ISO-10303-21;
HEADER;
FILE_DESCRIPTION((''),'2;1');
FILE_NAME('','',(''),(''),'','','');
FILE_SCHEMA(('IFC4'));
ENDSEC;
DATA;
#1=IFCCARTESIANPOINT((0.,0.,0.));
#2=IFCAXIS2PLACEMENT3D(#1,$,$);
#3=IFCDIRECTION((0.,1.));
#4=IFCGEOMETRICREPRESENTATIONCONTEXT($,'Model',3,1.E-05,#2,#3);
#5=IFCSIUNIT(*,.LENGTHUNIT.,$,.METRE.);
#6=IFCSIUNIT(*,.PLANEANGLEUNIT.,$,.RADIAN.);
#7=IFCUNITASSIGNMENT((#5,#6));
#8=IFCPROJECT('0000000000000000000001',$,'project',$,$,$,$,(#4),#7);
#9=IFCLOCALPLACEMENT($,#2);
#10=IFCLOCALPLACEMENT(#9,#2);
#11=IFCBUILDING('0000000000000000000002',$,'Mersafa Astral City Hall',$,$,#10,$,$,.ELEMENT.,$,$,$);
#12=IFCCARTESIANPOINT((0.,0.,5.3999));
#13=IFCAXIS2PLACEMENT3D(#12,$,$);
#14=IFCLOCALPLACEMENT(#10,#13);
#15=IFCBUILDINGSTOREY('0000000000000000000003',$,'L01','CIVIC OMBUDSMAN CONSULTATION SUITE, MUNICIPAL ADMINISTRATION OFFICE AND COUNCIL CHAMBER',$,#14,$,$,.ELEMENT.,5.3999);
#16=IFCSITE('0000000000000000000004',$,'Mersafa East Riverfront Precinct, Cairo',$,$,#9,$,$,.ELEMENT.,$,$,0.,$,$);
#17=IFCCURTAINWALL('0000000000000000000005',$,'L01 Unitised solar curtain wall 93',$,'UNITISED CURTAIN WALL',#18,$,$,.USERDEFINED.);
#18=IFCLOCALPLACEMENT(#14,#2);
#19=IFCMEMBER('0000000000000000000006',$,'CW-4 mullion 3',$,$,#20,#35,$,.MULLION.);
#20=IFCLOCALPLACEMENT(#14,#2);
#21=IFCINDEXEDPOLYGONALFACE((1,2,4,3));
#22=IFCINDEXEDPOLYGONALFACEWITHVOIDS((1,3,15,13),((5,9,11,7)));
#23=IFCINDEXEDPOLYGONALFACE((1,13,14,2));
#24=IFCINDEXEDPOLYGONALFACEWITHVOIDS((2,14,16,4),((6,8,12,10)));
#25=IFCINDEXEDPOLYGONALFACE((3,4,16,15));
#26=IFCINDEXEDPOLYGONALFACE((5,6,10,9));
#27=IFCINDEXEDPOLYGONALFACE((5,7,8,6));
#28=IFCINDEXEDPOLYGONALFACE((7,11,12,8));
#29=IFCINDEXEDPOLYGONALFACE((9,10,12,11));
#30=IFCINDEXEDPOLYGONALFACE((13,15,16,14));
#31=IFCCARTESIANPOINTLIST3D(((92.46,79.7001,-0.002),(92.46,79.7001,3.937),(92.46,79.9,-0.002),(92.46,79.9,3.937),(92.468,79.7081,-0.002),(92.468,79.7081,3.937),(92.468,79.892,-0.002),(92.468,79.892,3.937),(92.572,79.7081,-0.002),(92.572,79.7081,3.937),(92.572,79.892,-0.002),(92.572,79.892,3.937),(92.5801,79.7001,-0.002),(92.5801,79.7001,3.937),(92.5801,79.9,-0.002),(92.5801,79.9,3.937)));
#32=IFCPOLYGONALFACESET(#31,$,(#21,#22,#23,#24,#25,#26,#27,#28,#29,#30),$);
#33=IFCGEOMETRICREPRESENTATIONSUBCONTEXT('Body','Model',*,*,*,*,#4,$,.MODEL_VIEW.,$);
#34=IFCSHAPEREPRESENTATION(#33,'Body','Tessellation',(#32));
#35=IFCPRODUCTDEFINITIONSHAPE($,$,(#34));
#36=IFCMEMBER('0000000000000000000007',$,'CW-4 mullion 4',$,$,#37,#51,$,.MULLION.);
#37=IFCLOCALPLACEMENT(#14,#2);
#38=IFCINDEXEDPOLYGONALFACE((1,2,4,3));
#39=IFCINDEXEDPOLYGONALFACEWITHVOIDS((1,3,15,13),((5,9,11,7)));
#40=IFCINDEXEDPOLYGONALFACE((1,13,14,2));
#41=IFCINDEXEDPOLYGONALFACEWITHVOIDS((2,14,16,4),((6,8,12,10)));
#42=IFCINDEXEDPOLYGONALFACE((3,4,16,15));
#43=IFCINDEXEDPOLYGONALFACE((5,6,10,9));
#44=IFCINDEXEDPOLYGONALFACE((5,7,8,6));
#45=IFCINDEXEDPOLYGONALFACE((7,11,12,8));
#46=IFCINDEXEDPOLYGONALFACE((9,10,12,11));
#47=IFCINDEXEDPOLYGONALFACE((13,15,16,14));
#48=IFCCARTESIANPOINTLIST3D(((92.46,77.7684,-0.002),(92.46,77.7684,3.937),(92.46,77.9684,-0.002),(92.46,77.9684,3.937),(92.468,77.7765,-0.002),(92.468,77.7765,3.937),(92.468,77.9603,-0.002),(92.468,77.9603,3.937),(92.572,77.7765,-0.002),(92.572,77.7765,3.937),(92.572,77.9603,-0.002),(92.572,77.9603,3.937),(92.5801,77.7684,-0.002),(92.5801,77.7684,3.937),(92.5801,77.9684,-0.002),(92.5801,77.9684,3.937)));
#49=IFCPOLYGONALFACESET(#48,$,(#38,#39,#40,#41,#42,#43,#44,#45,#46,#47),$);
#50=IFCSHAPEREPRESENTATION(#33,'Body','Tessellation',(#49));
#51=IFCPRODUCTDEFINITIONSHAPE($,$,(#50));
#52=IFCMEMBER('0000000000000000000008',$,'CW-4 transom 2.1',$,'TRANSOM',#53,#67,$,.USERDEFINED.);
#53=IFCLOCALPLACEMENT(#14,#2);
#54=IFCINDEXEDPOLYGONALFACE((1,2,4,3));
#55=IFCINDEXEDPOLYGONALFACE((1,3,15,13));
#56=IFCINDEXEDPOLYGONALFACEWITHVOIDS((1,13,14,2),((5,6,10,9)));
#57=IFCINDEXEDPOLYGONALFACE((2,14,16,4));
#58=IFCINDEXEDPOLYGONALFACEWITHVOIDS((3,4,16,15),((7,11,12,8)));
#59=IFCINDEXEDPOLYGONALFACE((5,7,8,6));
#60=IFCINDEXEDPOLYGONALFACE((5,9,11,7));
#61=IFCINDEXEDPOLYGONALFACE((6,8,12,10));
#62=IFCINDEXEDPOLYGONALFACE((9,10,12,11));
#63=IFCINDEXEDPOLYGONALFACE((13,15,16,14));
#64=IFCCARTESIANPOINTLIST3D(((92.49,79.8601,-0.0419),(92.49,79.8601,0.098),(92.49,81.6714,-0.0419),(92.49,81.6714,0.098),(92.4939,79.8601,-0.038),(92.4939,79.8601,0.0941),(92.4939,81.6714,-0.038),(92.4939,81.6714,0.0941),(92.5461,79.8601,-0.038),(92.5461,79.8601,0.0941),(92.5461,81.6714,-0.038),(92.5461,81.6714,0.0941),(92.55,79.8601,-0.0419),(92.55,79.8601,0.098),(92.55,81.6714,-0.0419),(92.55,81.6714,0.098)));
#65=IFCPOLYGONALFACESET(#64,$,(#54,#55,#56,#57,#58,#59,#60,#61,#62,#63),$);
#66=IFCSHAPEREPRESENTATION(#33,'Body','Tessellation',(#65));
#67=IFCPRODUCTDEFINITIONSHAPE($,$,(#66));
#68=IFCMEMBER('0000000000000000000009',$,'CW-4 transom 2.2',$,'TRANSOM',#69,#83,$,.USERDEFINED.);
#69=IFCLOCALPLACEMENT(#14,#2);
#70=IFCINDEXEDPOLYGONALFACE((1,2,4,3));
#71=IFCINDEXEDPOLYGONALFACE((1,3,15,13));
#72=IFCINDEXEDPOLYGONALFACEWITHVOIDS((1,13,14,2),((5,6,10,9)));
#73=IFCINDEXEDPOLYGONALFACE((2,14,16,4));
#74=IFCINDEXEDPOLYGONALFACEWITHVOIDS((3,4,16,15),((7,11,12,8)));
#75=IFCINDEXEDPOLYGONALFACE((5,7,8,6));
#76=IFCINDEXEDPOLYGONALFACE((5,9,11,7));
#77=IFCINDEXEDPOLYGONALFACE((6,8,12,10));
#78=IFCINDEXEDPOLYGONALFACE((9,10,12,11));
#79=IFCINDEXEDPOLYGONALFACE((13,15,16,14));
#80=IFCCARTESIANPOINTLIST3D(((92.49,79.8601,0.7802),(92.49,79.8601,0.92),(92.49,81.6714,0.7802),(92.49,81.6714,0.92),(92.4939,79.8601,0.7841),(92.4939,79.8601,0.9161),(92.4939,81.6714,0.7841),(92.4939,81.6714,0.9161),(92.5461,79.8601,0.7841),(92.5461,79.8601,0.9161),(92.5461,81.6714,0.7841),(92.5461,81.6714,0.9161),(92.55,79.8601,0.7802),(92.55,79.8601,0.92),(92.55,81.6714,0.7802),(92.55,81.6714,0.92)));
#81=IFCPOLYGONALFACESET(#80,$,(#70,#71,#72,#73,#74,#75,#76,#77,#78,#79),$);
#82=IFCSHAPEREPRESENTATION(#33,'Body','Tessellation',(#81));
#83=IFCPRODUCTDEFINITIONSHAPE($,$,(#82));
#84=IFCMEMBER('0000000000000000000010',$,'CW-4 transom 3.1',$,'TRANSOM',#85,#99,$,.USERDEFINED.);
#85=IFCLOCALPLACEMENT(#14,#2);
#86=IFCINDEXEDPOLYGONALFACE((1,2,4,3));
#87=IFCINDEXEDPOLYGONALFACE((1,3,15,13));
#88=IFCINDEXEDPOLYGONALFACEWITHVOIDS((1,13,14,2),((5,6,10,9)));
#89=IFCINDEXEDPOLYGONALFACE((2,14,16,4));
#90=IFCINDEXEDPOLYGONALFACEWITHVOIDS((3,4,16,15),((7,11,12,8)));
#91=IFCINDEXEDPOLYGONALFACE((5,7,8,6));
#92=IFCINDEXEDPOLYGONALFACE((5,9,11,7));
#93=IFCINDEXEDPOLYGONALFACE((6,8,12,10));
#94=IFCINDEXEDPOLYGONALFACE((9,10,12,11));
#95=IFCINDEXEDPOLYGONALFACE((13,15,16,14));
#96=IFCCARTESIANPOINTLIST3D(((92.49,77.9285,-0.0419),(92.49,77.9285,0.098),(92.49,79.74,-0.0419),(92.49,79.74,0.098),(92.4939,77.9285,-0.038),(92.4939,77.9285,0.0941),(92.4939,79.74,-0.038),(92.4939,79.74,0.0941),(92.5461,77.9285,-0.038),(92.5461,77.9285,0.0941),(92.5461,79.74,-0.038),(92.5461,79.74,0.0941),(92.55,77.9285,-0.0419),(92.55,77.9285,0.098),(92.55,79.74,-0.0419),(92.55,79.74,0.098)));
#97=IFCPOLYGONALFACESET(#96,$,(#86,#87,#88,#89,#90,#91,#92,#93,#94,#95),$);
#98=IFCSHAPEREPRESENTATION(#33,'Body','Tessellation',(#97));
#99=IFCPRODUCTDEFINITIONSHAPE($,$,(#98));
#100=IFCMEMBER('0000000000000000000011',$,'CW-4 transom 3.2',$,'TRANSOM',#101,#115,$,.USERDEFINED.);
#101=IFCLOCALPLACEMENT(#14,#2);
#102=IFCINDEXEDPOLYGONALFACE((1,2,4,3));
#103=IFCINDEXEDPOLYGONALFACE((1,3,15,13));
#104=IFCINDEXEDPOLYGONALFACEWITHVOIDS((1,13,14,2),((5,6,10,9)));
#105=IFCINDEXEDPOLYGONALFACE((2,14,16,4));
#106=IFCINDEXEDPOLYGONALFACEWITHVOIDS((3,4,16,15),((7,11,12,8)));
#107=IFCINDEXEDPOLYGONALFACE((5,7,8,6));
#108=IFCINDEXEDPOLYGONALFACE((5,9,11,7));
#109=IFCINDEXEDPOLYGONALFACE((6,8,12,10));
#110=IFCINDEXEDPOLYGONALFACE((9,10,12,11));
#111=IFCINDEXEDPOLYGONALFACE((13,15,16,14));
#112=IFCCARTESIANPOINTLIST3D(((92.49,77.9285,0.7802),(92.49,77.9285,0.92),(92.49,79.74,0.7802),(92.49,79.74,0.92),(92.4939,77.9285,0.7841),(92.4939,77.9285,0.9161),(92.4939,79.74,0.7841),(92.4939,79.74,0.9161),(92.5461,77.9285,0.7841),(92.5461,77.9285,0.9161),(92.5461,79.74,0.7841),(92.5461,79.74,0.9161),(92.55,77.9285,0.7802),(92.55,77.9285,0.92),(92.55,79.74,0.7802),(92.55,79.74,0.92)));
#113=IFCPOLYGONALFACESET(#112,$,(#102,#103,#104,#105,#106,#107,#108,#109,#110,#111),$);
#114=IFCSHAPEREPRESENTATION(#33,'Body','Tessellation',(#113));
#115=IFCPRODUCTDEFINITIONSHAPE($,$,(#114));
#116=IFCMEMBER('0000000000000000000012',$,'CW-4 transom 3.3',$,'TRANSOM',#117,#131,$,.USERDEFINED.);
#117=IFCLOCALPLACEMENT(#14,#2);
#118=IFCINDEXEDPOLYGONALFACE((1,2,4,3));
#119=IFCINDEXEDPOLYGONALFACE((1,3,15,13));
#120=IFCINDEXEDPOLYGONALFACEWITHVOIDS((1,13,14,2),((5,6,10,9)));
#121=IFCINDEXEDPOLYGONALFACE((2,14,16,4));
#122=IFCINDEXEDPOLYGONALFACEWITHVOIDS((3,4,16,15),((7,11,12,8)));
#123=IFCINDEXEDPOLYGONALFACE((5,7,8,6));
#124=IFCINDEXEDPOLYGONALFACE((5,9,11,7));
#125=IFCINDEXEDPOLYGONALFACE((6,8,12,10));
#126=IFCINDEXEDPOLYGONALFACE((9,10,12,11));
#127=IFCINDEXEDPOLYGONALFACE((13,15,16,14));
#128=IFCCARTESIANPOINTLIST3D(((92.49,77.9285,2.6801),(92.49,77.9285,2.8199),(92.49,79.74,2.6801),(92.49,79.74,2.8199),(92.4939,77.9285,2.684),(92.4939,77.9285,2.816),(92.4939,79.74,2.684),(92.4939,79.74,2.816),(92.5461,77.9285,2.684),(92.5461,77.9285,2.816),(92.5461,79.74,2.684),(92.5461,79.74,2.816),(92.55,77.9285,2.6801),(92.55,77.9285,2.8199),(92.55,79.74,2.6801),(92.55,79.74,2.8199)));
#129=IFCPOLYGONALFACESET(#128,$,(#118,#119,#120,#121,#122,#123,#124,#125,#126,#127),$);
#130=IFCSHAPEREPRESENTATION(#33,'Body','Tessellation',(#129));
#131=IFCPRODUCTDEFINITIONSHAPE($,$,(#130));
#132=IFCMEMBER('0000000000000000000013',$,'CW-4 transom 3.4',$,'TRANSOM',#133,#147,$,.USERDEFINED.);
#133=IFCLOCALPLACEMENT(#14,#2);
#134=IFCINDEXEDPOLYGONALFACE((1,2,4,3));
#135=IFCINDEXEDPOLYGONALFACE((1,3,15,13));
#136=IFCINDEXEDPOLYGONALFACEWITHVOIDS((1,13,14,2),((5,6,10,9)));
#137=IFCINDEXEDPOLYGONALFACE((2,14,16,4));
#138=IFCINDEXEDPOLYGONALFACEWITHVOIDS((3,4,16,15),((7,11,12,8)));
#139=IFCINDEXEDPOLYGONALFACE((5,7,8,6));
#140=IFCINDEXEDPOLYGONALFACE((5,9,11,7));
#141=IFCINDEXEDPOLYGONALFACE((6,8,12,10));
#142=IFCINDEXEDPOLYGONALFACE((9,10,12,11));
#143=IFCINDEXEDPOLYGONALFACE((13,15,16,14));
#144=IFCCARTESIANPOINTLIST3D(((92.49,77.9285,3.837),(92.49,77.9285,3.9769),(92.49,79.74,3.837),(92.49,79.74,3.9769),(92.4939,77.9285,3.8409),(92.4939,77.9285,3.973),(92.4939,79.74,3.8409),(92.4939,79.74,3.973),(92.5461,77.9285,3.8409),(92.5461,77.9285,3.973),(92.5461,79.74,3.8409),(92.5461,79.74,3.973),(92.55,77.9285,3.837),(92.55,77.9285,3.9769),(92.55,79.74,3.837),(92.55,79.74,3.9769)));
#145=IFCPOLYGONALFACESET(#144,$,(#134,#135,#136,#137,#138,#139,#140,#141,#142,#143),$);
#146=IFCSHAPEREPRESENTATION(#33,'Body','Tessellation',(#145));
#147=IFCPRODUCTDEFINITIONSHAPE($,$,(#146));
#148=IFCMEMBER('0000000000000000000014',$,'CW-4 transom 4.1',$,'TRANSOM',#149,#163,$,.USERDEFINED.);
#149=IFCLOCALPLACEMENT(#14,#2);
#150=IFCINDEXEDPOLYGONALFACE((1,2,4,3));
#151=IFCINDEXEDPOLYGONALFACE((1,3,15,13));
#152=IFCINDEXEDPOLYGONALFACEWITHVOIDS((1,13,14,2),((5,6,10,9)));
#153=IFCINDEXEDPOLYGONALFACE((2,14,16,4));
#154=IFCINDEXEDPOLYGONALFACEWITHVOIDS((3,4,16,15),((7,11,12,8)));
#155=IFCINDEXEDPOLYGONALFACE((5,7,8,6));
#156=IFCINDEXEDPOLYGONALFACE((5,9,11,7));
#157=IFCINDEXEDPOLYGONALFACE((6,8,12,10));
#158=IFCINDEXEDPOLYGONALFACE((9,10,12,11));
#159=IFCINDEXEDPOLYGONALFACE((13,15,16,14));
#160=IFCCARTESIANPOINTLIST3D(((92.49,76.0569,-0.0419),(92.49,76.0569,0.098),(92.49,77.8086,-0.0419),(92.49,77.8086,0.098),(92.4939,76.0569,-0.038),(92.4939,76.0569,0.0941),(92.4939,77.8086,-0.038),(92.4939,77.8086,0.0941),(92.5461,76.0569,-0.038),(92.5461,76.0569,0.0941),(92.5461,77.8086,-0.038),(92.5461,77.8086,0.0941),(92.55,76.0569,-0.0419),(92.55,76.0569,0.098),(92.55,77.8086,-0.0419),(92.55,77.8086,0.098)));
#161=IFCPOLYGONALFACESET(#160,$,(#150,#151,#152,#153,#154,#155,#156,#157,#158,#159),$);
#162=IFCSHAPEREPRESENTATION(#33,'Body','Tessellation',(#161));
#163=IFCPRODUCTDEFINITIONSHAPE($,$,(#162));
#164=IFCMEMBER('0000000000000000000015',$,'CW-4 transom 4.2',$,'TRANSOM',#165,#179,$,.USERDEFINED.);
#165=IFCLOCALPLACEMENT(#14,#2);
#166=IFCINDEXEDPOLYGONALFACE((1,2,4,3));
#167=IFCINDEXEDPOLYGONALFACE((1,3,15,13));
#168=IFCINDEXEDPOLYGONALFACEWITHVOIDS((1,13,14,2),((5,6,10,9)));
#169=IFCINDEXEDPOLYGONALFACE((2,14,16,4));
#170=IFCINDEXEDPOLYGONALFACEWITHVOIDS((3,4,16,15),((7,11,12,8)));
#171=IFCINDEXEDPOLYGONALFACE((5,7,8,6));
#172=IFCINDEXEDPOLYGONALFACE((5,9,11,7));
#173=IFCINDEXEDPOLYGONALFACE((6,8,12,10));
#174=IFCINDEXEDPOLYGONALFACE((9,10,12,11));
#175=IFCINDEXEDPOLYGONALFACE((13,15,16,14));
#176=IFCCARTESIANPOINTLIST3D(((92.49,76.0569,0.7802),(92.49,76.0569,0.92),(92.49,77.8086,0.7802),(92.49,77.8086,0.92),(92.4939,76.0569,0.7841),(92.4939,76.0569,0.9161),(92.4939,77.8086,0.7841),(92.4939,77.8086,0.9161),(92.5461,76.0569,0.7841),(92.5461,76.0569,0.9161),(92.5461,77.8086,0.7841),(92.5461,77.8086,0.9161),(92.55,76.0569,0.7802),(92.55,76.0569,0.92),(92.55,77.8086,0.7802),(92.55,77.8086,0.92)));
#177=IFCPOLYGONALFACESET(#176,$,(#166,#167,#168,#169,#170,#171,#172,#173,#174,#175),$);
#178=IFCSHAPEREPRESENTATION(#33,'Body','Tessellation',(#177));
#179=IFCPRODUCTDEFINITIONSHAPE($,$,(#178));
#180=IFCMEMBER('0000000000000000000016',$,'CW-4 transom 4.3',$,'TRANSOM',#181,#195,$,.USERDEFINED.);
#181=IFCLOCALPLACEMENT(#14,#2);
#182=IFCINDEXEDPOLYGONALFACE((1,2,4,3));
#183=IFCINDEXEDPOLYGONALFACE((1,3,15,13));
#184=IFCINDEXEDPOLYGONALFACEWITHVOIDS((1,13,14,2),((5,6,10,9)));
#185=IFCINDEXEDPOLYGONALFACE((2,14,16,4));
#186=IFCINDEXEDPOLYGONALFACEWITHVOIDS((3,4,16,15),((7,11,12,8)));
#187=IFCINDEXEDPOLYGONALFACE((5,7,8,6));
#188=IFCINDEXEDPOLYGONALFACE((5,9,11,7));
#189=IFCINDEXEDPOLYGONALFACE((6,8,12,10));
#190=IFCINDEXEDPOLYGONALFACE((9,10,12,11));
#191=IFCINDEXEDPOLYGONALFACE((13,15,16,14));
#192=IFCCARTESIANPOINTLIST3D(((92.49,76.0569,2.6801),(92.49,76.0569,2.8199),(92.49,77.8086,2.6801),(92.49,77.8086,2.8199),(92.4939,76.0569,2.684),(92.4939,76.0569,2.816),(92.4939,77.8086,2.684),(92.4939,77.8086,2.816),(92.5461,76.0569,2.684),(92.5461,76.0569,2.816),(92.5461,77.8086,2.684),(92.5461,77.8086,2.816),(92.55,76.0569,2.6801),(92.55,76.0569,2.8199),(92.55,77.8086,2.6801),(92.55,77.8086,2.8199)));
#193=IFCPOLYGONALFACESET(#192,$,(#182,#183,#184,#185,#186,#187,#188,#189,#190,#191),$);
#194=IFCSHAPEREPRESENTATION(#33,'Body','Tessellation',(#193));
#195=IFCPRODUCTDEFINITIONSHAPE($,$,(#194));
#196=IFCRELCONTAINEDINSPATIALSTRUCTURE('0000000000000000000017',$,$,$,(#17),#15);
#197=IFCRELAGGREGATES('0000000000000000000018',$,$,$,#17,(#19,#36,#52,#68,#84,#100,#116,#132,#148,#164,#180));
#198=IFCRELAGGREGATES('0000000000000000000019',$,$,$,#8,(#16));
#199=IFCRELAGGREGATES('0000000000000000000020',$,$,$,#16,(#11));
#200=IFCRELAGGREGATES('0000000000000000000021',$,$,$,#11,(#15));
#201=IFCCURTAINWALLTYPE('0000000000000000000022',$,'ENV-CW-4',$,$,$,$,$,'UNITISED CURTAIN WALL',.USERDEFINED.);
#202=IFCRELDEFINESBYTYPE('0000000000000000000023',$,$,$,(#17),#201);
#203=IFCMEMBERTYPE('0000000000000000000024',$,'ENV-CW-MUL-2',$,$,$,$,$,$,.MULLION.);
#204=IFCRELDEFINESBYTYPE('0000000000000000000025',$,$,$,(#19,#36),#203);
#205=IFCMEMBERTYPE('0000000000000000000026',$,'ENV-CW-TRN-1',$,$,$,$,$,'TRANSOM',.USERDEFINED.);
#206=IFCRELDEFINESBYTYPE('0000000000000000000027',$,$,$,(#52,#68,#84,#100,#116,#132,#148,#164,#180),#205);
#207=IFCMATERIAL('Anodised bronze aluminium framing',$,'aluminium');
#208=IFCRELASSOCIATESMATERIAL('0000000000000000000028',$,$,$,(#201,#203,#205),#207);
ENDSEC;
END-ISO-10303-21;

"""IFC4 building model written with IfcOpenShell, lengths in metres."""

from ifc_helpers import new_model, si_unit, direction, frame, origin, origin_2d, place, context, subcontext, project, spatial, hollow_rectangle, extrude, material, material_profile, profile_set, type_object, element, aggregate, save


model = new_model("IFC4")

# Units and contexts
model_context = context("Model", 3, precision=1e-05, world=origin(), true_north=direction((0.0, 1.0)))
body_context = subcontext(model_context, "Body", "Model", "MODEL_VIEW")
ifc_project = project(units=[si_unit("LENGTHUNIT", "METRE"), si_unit("PLANEANGLEUNIT", "RADIAN")], contexts=[model_context])

# Site, building, storey
site_placement = place(None, origin())
site = spatial("IfcSite", under=ifc_project, at=site_placement, Name="Mersafa East Riverfront Precinct, Cairo", CompositionType="ELEMENT", RefElevation=0.0)
building_placement = place(site_placement, origin())
building = spatial("IfcBuilding", under=site, at=building_placement, Name="Mersafa Astral City Hall", CompositionType="ELEMENT")
storey_placement = place(building_placement, frame((0.0, 0.0, 5.3999)))
storey = spatial("IfcBuildingStorey", under=building, at=storey_placement, Name="L01", Description="CIVIC OMBUDSMAN CONSULTATION SUITE, MUNICIPAL ADMINISTRATION OFFICE AND COUNCIL CHAMBER", CompositionType="ELEMENT", Elevation=5.3999)

# Curtain wall, members
ifc_material_1 = material(Name="Anodised bronze aluminium framing", Category="aluminium")
curtain_wall_type = type_object("IfcCurtainWallType", Name="ENV-CW-4", ElementType="UNITISED CURTAIN WALL", PredefinedType="USERDEFINED", material=ifc_material_1)
curtain_wall_placement = place(storey_placement, origin())
curtain_wall = element("IfcCurtainWall", 1, at=curtain_wall_placement, inside=storey, type_object=curtain_wall_type, Name="L01 Unitised solar curtain wall 93", ObjectType="UNITISED CURTAIN WALL", PredefinedType="USERDEFINED")
ifc_material_profile_1 = material_profile(ifc_material_1, hollow_rectangle(XDim=0.1201, YDim=0.2, WallThickness=0.0081, at=origin_2d()), Name="RHS 120x200x8")
ifc_profile_set_1 = profile_set([ifc_material_profile_1], Name="Anodised bronze aluminium framing")
member_type_1 = type_object("IfcMemberType", Name="ENV-CW-MUL-2", PredefinedType="MULLION", material=ifc_profile_set_1)
member_1_placement = place(storey_placement, frame((92.52, 79.8, -0.002), z_axis=(0.0, 0.0, 1.0), x_axis=(1.0, 0.0, 0.0)))
member_1 = element("IfcMember", 2, at=member_1_placement, type_object=member_type_1, Name="CW-4 mullion 3", PredefinedType="MULLION", context=body_context, shape_type="SweptSolid", body=[
    extrude(hollow_rectangle(XDim=0.1201, YDim=0.2, WallThickness=0.0081, at=origin_2d()), origin(), (0.0, 0.0, 1.0), 3.939),
])
member_2_placement = place(storey_placement, frame((92.52, 77.8684, -0.002), z_axis=(0.0, 0.0, 1.0), x_axis=(1.0, 0.0, 0.0)))
member_2 = element("IfcMember", 3, at=member_2_placement, type_object=member_type_1, Name="CW-4 mullion 4", PredefinedType="MULLION", context=body_context, shape_type="SweptSolid", body=[
    extrude(hollow_rectangle(XDim=0.1201, YDim=0.2, WallThickness=0.0081, at=origin_2d()), origin(), (0.0, 0.0, 1.0), 3.939),
])
ifc_material_profile_2 = material_profile(ifc_material_1, hollow_rectangle(XDim=0.0601, YDim=0.1399, WallThickness=0.0039, at=origin_2d()), Name="RHS 60x140x4")
ifc_profile_set_2 = profile_set([ifc_material_profile_2], Name="Anodised bronze aluminium framing")
member_type_2 = type_object("IfcMemberType", Name="ENV-CW-TRN-1", ElementType="TRANSOM", PredefinedType="USERDEFINED", material=ifc_profile_set_2)
member_3_placement = place(storey_placement, frame((92.52, 81.6714, 0.0281), z_axis=(0.0, -1.0, 0.0), x_axis=(1.0, 0.0, 0.0)))
member_3 = element("IfcMember", 4, at=member_3_placement, type_object=member_type_2, Name="CW-4 transom 2.1", ObjectType="TRANSOM", PredefinedType="USERDEFINED", context=body_context, shape_type="SweptSolid", body=[
    extrude(hollow_rectangle(XDim=0.0601, YDim=0.1399, WallThickness=0.0039, at=origin_2d()), origin(), (0.0, 0.0, 1.0), 1.8113),
])
member_4_placement = place(storey_placement, frame((92.52, 81.6714, 0.8501), z_axis=(0.0, -1.0, 0.0), x_axis=(1.0, 0.0, 0.0)))
member_4 = element("IfcMember", 5, at=member_4_placement, type_object=member_type_2, Name="CW-4 transom 2.2", ObjectType="TRANSOM", PredefinedType="USERDEFINED", context=body_context, shape_type="SweptSolid", body=[
    extrude(hollow_rectangle(XDim=0.0601, YDim=0.1399, WallThickness=0.0039, at=origin_2d()), origin(), (0.0, 0.0, 1.0), 1.8113),
])
member_5_placement = place(storey_placement, frame((92.52, 79.74, 0.0281), z_axis=(0.0, -1.0, 0.0), x_axis=(1.0, 0.0, 0.0)))
member_5 = element("IfcMember", 6, at=member_5_placement, type_object=member_type_2, Name="CW-4 transom 3.1", ObjectType="TRANSOM", PredefinedType="USERDEFINED", context=body_context, shape_type="SweptSolid", body=[
    extrude(hollow_rectangle(XDim=0.0601, YDim=0.1399, WallThickness=0.0039, at=origin_2d()), origin(), (0.0, 0.0, 1.0), 1.8115),
])
member_6_placement = place(storey_placement, frame((92.52, 79.74, 0.8501), z_axis=(0.0, -1.0, 0.0), x_axis=(1.0, 0.0, 0.0)))
member_6 = element("IfcMember", 7, at=member_6_placement, type_object=member_type_2, Name="CW-4 transom 3.2", ObjectType="TRANSOM", PredefinedType="USERDEFINED", context=body_context, shape_type="SweptSolid", body=[
    extrude(hollow_rectangle(XDim=0.0601, YDim=0.1399, WallThickness=0.0039, at=origin_2d()), origin(), (0.0, 0.0, 1.0), 1.8115),
])
member_7_placement = place(storey_placement, frame((92.52, 79.74, 2.75), z_axis=(0.0, -1.0, 0.0), x_axis=(1.0, 0.0, 0.0)))
member_7 = element("IfcMember", 8, at=member_7_placement, type_object=member_type_2, Name="CW-4 transom 3.3", ObjectType="TRANSOM", PredefinedType="USERDEFINED", context=body_context, shape_type="SweptSolid", body=[
    extrude(hollow_rectangle(XDim=0.0601, YDim=0.1399, WallThickness=0.0039, at=origin_2d()), origin(), (0.0, 0.0, 1.0), 1.8115),
])
member_8_placement = place(storey_placement, frame((92.52, 79.74, 3.907), z_axis=(0.0, -1.0, 0.0), x_axis=(1.0, 0.0, 0.0)))
member_8 = element("IfcMember", 9, at=member_8_placement, type_object=member_type_2, Name="CW-4 transom 3.4", ObjectType="TRANSOM", PredefinedType="USERDEFINED", context=body_context, shape_type="SweptSolid", body=[
    extrude(hollow_rectangle(XDim=0.0601, YDim=0.1399, WallThickness=0.0039, at=origin_2d()), origin(), (0.0, 0.0, 1.0), 1.8115),
])
member_9_placement = place(storey_placement, frame((92.52, 77.8086, 0.0281), z_axis=(0.0, -1.0, 0.0), x_axis=(1.0, 0.0, 0.0)))
member_9 = element("IfcMember", 10, at=member_9_placement, type_object=member_type_2, Name="CW-4 transom 4.1", ObjectType="TRANSOM", PredefinedType="USERDEFINED", context=body_context, shape_type="SweptSolid", body=[
    extrude(hollow_rectangle(XDim=0.0601, YDim=0.1399, WallThickness=0.0039, at=origin_2d()), origin(), (0.0, 0.0, 1.0), 1.7517),
])
member_10_placement = place(storey_placement, frame((92.52, 77.8086, 0.8501), z_axis=(0.0, -1.0, 0.0), x_axis=(1.0, 0.0, 0.0)))
member_10 = element("IfcMember", 11, at=member_10_placement, type_object=member_type_2, Name="CW-4 transom 4.2", ObjectType="TRANSOM", PredefinedType="USERDEFINED", context=body_context, shape_type="SweptSolid", body=[
    extrude(hollow_rectangle(XDim=0.0601, YDim=0.1399, WallThickness=0.0039, at=origin_2d()), origin(), (0.0, 0.0, 1.0), 1.7517),
])
member_11_placement = place(storey_placement, frame((92.52, 77.8086, 2.75), z_axis=(0.0, -1.0, 0.0), x_axis=(1.0, 0.0, 0.0)))
member_11 = element("IfcMember", 12, at=member_11_placement, type_object=member_type_2, Name="CW-4 transom 4.3", ObjectType="TRANSOM", PredefinedType="USERDEFINED", context=body_context, shape_type="SweptSolid", body=[
    extrude(hollow_rectangle(XDim=0.0601, YDim=0.1399, WallThickness=0.0039, at=origin_2d()), origin(), (0.0, 0.0, 1.0), 1.7517),
])
aggregate(curtain_wall, [member_1, member_2, member_3, member_4, member_5, member_6, member_7, member_8, member_9, member_10, member_11])

save(model, "model.ifc")
